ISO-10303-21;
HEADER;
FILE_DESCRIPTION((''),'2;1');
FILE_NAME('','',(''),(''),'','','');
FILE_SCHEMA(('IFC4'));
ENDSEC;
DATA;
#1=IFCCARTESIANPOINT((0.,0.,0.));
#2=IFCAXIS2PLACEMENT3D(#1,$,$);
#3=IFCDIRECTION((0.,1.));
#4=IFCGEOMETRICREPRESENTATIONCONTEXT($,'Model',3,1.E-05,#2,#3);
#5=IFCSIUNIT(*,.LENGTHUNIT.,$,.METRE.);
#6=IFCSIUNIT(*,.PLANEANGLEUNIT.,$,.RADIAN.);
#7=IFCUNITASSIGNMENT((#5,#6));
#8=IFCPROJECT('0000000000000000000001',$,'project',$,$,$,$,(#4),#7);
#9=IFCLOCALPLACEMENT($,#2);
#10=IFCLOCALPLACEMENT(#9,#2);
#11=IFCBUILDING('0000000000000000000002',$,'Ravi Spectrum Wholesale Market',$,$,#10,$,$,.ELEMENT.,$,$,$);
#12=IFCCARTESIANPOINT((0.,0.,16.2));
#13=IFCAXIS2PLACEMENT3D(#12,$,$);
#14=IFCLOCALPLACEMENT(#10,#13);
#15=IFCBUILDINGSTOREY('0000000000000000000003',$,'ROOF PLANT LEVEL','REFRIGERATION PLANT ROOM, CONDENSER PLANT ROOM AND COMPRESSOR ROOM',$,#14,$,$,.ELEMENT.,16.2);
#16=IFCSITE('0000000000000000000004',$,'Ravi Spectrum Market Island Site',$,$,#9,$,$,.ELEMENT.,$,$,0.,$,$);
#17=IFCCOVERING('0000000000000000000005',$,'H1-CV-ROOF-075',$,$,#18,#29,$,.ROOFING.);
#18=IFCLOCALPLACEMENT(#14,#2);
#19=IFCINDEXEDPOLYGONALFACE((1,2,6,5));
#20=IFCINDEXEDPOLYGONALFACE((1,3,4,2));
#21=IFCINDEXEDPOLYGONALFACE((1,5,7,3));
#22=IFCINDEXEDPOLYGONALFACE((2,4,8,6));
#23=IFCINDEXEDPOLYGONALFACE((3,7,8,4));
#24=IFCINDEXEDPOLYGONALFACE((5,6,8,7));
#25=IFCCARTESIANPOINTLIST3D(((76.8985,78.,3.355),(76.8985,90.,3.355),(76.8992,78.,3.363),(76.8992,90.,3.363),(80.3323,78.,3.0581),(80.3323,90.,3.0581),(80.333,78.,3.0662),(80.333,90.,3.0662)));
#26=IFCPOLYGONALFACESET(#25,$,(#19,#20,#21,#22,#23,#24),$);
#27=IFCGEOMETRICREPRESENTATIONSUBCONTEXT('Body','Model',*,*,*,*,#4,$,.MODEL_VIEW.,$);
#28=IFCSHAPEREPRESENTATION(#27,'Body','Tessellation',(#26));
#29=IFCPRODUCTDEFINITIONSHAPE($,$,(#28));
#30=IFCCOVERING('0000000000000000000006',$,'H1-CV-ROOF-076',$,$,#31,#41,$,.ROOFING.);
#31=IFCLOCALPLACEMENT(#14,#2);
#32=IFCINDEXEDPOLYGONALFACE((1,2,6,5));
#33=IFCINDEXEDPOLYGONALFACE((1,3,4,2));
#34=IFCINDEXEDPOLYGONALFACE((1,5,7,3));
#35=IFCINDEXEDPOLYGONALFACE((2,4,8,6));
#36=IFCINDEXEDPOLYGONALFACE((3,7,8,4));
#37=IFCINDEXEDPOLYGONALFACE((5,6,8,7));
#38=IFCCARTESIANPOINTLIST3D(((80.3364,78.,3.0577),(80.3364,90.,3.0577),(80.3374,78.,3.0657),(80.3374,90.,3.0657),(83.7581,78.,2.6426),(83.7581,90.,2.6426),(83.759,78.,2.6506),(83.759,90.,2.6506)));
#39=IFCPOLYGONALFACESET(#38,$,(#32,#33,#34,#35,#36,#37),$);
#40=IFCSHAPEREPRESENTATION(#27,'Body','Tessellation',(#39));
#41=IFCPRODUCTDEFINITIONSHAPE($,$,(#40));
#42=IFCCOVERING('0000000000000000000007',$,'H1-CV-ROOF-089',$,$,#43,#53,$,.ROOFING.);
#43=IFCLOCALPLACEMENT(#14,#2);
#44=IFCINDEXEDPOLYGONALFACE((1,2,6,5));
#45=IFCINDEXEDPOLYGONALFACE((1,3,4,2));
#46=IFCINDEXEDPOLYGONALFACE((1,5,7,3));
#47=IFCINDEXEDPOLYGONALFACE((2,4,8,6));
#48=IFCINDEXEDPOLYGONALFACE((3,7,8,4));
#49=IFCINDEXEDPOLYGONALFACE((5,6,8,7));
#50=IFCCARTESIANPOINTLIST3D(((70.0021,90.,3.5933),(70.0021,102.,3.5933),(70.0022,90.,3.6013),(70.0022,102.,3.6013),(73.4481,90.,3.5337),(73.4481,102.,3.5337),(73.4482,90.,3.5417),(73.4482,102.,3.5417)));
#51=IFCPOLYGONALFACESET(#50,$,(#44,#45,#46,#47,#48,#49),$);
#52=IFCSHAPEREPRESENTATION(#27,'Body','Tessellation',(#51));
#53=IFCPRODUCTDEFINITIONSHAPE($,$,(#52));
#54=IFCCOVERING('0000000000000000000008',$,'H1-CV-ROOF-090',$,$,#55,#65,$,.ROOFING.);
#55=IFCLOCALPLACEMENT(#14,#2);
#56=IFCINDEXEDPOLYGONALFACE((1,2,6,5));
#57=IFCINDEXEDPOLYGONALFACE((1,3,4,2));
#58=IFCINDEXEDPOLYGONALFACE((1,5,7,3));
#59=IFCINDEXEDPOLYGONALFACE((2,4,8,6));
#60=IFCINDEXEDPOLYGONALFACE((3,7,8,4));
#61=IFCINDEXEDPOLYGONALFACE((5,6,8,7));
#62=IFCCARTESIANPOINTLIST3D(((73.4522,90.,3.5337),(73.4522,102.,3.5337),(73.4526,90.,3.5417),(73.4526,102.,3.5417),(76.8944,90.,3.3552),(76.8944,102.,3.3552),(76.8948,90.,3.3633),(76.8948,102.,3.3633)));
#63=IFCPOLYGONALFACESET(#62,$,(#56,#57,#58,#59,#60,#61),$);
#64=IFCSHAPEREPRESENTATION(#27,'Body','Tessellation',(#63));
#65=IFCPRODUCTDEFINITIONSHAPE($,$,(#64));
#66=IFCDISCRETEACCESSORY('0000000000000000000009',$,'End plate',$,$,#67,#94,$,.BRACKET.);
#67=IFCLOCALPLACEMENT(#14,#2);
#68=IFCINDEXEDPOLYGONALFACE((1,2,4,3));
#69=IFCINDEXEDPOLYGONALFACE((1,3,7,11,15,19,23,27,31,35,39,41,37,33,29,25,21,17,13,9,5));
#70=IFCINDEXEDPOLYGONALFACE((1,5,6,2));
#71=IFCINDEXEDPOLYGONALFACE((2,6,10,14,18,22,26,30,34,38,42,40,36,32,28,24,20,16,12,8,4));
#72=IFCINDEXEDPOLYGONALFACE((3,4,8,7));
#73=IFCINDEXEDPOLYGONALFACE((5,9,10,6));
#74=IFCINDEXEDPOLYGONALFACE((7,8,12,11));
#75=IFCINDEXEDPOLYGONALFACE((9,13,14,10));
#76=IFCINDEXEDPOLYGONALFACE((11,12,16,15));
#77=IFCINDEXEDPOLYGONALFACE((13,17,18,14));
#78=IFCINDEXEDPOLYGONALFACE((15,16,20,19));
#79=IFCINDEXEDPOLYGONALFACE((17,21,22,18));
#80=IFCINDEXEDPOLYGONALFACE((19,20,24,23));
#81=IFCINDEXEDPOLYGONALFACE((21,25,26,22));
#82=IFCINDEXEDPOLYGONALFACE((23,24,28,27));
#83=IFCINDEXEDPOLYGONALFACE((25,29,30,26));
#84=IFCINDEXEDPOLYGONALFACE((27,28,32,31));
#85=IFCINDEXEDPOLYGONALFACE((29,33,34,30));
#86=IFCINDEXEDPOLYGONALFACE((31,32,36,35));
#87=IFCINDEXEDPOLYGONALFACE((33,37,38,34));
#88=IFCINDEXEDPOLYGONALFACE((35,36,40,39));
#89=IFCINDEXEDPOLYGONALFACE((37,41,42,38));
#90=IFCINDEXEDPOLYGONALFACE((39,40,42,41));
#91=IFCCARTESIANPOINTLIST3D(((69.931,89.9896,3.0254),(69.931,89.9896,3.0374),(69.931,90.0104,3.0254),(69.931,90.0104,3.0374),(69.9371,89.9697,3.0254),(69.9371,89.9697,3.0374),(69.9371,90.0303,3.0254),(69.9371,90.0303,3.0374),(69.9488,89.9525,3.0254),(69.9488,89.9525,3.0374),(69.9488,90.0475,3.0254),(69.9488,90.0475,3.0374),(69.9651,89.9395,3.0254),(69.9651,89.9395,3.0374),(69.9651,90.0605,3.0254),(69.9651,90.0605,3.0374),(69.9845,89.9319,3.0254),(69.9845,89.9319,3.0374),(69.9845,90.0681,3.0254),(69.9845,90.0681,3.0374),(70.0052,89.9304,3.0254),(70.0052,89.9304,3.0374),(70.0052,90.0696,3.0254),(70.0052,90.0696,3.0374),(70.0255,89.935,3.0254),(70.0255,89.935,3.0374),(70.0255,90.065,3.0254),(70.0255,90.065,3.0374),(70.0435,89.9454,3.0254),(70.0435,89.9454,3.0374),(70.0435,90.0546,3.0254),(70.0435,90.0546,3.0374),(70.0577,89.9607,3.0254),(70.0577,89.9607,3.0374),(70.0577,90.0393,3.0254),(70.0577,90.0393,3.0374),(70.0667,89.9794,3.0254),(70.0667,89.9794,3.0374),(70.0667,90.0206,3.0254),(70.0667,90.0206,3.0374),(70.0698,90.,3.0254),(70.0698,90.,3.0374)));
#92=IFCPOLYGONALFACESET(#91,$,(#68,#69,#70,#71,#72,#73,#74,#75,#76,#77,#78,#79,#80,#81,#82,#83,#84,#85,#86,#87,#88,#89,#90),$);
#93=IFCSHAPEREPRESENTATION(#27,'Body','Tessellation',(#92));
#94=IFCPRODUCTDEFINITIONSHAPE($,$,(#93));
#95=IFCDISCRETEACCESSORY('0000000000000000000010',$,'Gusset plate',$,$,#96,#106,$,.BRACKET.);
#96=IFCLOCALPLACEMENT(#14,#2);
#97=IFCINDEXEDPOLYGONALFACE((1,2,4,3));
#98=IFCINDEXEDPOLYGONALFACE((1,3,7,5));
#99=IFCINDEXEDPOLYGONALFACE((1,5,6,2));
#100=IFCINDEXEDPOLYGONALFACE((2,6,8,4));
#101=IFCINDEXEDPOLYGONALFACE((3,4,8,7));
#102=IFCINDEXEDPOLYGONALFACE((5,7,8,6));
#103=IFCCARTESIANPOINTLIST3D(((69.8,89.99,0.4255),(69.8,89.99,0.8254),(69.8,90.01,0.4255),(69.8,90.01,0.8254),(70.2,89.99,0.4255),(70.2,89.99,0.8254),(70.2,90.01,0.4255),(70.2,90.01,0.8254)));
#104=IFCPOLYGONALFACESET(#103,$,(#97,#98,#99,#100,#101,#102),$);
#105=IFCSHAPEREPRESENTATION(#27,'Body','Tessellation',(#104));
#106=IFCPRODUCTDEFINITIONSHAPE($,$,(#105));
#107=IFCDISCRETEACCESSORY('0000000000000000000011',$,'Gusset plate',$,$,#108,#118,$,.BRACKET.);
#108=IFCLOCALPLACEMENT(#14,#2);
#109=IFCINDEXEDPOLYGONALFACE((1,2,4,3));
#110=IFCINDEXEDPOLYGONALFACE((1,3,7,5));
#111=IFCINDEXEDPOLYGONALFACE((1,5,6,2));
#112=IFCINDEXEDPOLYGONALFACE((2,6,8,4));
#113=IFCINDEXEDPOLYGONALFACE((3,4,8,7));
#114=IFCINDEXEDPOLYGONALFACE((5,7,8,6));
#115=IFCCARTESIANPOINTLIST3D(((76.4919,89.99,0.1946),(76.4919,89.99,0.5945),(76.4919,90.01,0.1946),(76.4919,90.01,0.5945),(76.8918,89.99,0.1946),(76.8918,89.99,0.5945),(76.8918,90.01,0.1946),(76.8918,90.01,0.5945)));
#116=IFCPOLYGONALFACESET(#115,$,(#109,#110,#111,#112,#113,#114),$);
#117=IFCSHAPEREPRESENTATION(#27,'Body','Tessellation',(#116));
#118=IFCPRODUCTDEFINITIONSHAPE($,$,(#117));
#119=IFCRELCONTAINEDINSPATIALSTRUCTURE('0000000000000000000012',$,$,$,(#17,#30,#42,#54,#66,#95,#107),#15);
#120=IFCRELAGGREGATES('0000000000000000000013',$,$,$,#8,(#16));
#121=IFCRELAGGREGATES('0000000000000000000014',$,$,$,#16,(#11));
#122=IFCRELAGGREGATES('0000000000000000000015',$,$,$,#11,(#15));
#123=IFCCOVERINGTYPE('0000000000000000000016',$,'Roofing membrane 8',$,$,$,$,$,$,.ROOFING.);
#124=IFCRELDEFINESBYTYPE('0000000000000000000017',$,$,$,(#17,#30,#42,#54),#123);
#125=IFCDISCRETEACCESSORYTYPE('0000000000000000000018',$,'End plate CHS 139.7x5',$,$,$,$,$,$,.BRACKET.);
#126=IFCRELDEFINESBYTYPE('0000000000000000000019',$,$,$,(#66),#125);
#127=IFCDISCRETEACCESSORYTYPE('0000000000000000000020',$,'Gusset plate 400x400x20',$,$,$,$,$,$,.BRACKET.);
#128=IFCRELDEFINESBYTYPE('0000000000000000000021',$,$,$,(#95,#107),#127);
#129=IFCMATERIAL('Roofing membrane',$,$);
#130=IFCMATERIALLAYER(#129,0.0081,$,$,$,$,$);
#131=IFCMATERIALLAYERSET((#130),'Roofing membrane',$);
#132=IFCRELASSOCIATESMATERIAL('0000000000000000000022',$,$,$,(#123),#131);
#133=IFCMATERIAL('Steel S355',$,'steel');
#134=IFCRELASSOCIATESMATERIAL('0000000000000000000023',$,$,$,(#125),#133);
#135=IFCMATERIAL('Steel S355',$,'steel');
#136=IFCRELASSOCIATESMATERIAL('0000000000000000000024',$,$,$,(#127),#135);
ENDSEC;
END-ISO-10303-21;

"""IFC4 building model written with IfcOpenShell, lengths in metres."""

from ifc_helpers import new_model, si_unit, direction, frame, origin, origin_2d, place, context, subcontext, project, spatial, polyline, rectangle, circle, outline, extrude, material, layer, layer_set, material_profile, profile_set, type_object, element, save


model = new_model("IFC4")

# Units and contexts
model_context = context("Model", 3, precision=1e-05, world=origin(), true_north=direction((0.0, 1.0)))
body_context = subcontext(model_context, "Body", "Model", "MODEL_VIEW")
ifc_project = project(units=[si_unit("LENGTHUNIT", "METRE"), si_unit("PLANEANGLEUNIT", "RADIAN")], contexts=[model_context])

# Site, building, storey
site_placement = place(None, origin())
site = spatial("IfcSite", under=ifc_project, at=site_placement, Name="Ravi Spectrum Market Island Site", CompositionType="ELEMENT", RefElevation=0.0)
building_placement = place(site_placement, origin())
building = spatial("IfcBuilding", under=site, at=building_placement, Name="Ravi Spectrum Wholesale Market", CompositionType="ELEMENT")
storey_placement = place(building_placement, frame((0.0, 0.0, 16.2)))
storey = spatial("IfcBuildingStorey", under=building, at=storey_placement, Name="ROOF PLANT LEVEL", Description="REFRIGERATION PLANT ROOM, CONDENSER PLANT ROOM AND COMPRESSOR ROOM", CompositionType="ELEMENT", Elevation=16.2)

# Coverings
ifc_material_1 = material(Name="Roofing membrane")
ifc_layer_1 = layer(ifc_material_1, 0.0081)
ifc_layer_set_1 = layer_set([ifc_layer_1], Name="Roofing membrane")
covering_type = type_object("IfcCoveringType", Name="Roofing membrane 8", PredefinedType="ROOFING", material=ifc_layer_set_1)
covering_1_placement = place(storey_placement, frame((76.8992, 78.0, 3.363), z_axis=(0.086134, 0.0, 0.996284), x_axis=(0.996284, 0.0, -0.086134)))
element("IfcCovering", 1, at=covering_1_placement, inside=storey, type_object=covering_type, Name="H1-CV-ROOF-075", PredefinedType="ROOFING", context=body_context, shape_type="SweptSolid", body=[
    extrude(outline(polyline([(0.0, 0.0), (3.4466, 0.0), (3.4466, 12.0), (0.0, 12.0), (0.0, 0.0)])), origin(), (0.0, 0.0, -1.0), 0.0081),
])
covering_2_placement = place(storey_placement, frame((80.3374, 78.0, 3.0657), z_axis=(0.120416, 0.0, 0.992724), x_axis=(0.992724, 0.0, -0.120416)))
element("IfcCovering", 2, at=covering_2_placement, inside=storey, type_object=covering_type, Name="H1-CV-ROOF-076", PredefinedType="ROOFING", context=body_context, shape_type="SweptSolid", body=[
    extrude(outline(polyline([(0.0, 0.0), (3.4467, 0.0), (3.4467, 12.0), (0.0, 12.0), (0.0, 0.0)])), origin(), (0.0, 0.0, -1.0), 0.0081),
])
covering_3_placement = place(storey_placement, frame((70.0022, 90.0, 3.6013), z_axis=(0.017284, 0.0, 0.999851), x_axis=(0.999851, 0.0, -0.017284)))
element("IfcCovering", 3, at=covering_3_placement, inside=storey, type_object=covering_type, Name="H1-CV-ROOF-089", PredefinedType="ROOFING", context=body_context, shape_type="SweptSolid", body=[
    extrude(outline(polyline([(0.0, 0.0), (3.4466, 0.0), (3.4466, 12.0), (0.0, 12.0), (0.0, 0.0)])), origin(), (0.0, 0.0, -1.0), 0.0081),
])
covering_4_placement = place(storey_placement, frame((73.4526, 90.0, 3.5417), z_axis=(0.051778, 0.0, 0.998659), x_axis=(0.998659, 0.0, -0.051778)))
element("IfcCovering", 4, at=covering_4_placement, inside=storey, type_object=covering_type, Name="H1-CV-ROOF-090", PredefinedType="ROOFING", context=body_context, shape_type="SweptSolid", body=[
    extrude(outline(polyline([(0.0, 0.0), (3.4468, 0.0), (3.4468, 12.0), (0.0, 12.0), (0.0, 0.0)])), origin(), (0.0, 0.0, -1.0), 0.0081),
])

# Discrete accessories
ifc_material_2 = material(Name="Steel S355", Category="steel")
ifc_material_profile_1 = material_profile(ifc_material_2, circle(Radius=0.0698, at=origin_2d()))
ifc_profile_set_1 = profile_set([ifc_material_profile_1], Name="Steel S355")
discrete_accessory_type_1 = type_object("IfcDiscreteAccessoryType", Name="End plate CHS 139.7x5", PredefinedType="BRACKET", material=ifc_profile_set_1)
discrete_accessory_placement = place(storey_placement, frame((70.0, 90.0, 3.0254), z_axis=(0.0, 0.0, 1.0), x_axis=(1.0, 0.0, 0.0)))
element("IfcDiscreteAccessory", 5, at=discrete_accessory_placement, inside=storey, type_object=discrete_accessory_type_1, Name="End plate", PredefinedType="BRACKET", context=body_context, shape_type="SweptSolid", body=[
    extrude(circle(Radius=0.0698, at=origin_2d()), origin(), (0.0, 0.0, 1.0), 0.012),
])
ifc_material_3 = material(Name="Steel S355", Category="steel")
ifc_material_profile_2 = material_profile(ifc_material_3, rectangle(XDim=0.3999, YDim=0.02, at=origin_2d()))
ifc_profile_set_2 = profile_set([ifc_material_profile_2], Name="Steel S355")
discrete_accessory_type_2 = type_object("IfcDiscreteAccessoryType", Name="Gusset plate 400x400x20", PredefinedType="BRACKET", material=ifc_profile_set_2)
for number, where, z_axis, x_axis, name in (
    (6, (70.0, 90.0, 0.4255), (0.0, 0.0, 1.0), (1.0, 0.0, 0.0), "Gusset plate"),
    (7, (76.6919, 90.0, 0.1946), (0.0, 0.0, 1.0), (-1.0, 0.0, 0.0), "Gusset plate"),
):
    element("IfcDiscreteAccessory", number, at=place(storey_placement, frame(where, z_axis=z_axis, x_axis=x_axis)), inside=storey, type_object=discrete_accessory_type_2, Name=name, PredefinedType="BRACKET", context=body_context, shape_type="SweptSolid", body=[
        extrude(rectangle(XDim=0.3999, YDim=0.02, at=origin_2d()), origin(), (0.0, 0.0, 1.0), 0.3999),
    ])

save(model, "model.ifc")
